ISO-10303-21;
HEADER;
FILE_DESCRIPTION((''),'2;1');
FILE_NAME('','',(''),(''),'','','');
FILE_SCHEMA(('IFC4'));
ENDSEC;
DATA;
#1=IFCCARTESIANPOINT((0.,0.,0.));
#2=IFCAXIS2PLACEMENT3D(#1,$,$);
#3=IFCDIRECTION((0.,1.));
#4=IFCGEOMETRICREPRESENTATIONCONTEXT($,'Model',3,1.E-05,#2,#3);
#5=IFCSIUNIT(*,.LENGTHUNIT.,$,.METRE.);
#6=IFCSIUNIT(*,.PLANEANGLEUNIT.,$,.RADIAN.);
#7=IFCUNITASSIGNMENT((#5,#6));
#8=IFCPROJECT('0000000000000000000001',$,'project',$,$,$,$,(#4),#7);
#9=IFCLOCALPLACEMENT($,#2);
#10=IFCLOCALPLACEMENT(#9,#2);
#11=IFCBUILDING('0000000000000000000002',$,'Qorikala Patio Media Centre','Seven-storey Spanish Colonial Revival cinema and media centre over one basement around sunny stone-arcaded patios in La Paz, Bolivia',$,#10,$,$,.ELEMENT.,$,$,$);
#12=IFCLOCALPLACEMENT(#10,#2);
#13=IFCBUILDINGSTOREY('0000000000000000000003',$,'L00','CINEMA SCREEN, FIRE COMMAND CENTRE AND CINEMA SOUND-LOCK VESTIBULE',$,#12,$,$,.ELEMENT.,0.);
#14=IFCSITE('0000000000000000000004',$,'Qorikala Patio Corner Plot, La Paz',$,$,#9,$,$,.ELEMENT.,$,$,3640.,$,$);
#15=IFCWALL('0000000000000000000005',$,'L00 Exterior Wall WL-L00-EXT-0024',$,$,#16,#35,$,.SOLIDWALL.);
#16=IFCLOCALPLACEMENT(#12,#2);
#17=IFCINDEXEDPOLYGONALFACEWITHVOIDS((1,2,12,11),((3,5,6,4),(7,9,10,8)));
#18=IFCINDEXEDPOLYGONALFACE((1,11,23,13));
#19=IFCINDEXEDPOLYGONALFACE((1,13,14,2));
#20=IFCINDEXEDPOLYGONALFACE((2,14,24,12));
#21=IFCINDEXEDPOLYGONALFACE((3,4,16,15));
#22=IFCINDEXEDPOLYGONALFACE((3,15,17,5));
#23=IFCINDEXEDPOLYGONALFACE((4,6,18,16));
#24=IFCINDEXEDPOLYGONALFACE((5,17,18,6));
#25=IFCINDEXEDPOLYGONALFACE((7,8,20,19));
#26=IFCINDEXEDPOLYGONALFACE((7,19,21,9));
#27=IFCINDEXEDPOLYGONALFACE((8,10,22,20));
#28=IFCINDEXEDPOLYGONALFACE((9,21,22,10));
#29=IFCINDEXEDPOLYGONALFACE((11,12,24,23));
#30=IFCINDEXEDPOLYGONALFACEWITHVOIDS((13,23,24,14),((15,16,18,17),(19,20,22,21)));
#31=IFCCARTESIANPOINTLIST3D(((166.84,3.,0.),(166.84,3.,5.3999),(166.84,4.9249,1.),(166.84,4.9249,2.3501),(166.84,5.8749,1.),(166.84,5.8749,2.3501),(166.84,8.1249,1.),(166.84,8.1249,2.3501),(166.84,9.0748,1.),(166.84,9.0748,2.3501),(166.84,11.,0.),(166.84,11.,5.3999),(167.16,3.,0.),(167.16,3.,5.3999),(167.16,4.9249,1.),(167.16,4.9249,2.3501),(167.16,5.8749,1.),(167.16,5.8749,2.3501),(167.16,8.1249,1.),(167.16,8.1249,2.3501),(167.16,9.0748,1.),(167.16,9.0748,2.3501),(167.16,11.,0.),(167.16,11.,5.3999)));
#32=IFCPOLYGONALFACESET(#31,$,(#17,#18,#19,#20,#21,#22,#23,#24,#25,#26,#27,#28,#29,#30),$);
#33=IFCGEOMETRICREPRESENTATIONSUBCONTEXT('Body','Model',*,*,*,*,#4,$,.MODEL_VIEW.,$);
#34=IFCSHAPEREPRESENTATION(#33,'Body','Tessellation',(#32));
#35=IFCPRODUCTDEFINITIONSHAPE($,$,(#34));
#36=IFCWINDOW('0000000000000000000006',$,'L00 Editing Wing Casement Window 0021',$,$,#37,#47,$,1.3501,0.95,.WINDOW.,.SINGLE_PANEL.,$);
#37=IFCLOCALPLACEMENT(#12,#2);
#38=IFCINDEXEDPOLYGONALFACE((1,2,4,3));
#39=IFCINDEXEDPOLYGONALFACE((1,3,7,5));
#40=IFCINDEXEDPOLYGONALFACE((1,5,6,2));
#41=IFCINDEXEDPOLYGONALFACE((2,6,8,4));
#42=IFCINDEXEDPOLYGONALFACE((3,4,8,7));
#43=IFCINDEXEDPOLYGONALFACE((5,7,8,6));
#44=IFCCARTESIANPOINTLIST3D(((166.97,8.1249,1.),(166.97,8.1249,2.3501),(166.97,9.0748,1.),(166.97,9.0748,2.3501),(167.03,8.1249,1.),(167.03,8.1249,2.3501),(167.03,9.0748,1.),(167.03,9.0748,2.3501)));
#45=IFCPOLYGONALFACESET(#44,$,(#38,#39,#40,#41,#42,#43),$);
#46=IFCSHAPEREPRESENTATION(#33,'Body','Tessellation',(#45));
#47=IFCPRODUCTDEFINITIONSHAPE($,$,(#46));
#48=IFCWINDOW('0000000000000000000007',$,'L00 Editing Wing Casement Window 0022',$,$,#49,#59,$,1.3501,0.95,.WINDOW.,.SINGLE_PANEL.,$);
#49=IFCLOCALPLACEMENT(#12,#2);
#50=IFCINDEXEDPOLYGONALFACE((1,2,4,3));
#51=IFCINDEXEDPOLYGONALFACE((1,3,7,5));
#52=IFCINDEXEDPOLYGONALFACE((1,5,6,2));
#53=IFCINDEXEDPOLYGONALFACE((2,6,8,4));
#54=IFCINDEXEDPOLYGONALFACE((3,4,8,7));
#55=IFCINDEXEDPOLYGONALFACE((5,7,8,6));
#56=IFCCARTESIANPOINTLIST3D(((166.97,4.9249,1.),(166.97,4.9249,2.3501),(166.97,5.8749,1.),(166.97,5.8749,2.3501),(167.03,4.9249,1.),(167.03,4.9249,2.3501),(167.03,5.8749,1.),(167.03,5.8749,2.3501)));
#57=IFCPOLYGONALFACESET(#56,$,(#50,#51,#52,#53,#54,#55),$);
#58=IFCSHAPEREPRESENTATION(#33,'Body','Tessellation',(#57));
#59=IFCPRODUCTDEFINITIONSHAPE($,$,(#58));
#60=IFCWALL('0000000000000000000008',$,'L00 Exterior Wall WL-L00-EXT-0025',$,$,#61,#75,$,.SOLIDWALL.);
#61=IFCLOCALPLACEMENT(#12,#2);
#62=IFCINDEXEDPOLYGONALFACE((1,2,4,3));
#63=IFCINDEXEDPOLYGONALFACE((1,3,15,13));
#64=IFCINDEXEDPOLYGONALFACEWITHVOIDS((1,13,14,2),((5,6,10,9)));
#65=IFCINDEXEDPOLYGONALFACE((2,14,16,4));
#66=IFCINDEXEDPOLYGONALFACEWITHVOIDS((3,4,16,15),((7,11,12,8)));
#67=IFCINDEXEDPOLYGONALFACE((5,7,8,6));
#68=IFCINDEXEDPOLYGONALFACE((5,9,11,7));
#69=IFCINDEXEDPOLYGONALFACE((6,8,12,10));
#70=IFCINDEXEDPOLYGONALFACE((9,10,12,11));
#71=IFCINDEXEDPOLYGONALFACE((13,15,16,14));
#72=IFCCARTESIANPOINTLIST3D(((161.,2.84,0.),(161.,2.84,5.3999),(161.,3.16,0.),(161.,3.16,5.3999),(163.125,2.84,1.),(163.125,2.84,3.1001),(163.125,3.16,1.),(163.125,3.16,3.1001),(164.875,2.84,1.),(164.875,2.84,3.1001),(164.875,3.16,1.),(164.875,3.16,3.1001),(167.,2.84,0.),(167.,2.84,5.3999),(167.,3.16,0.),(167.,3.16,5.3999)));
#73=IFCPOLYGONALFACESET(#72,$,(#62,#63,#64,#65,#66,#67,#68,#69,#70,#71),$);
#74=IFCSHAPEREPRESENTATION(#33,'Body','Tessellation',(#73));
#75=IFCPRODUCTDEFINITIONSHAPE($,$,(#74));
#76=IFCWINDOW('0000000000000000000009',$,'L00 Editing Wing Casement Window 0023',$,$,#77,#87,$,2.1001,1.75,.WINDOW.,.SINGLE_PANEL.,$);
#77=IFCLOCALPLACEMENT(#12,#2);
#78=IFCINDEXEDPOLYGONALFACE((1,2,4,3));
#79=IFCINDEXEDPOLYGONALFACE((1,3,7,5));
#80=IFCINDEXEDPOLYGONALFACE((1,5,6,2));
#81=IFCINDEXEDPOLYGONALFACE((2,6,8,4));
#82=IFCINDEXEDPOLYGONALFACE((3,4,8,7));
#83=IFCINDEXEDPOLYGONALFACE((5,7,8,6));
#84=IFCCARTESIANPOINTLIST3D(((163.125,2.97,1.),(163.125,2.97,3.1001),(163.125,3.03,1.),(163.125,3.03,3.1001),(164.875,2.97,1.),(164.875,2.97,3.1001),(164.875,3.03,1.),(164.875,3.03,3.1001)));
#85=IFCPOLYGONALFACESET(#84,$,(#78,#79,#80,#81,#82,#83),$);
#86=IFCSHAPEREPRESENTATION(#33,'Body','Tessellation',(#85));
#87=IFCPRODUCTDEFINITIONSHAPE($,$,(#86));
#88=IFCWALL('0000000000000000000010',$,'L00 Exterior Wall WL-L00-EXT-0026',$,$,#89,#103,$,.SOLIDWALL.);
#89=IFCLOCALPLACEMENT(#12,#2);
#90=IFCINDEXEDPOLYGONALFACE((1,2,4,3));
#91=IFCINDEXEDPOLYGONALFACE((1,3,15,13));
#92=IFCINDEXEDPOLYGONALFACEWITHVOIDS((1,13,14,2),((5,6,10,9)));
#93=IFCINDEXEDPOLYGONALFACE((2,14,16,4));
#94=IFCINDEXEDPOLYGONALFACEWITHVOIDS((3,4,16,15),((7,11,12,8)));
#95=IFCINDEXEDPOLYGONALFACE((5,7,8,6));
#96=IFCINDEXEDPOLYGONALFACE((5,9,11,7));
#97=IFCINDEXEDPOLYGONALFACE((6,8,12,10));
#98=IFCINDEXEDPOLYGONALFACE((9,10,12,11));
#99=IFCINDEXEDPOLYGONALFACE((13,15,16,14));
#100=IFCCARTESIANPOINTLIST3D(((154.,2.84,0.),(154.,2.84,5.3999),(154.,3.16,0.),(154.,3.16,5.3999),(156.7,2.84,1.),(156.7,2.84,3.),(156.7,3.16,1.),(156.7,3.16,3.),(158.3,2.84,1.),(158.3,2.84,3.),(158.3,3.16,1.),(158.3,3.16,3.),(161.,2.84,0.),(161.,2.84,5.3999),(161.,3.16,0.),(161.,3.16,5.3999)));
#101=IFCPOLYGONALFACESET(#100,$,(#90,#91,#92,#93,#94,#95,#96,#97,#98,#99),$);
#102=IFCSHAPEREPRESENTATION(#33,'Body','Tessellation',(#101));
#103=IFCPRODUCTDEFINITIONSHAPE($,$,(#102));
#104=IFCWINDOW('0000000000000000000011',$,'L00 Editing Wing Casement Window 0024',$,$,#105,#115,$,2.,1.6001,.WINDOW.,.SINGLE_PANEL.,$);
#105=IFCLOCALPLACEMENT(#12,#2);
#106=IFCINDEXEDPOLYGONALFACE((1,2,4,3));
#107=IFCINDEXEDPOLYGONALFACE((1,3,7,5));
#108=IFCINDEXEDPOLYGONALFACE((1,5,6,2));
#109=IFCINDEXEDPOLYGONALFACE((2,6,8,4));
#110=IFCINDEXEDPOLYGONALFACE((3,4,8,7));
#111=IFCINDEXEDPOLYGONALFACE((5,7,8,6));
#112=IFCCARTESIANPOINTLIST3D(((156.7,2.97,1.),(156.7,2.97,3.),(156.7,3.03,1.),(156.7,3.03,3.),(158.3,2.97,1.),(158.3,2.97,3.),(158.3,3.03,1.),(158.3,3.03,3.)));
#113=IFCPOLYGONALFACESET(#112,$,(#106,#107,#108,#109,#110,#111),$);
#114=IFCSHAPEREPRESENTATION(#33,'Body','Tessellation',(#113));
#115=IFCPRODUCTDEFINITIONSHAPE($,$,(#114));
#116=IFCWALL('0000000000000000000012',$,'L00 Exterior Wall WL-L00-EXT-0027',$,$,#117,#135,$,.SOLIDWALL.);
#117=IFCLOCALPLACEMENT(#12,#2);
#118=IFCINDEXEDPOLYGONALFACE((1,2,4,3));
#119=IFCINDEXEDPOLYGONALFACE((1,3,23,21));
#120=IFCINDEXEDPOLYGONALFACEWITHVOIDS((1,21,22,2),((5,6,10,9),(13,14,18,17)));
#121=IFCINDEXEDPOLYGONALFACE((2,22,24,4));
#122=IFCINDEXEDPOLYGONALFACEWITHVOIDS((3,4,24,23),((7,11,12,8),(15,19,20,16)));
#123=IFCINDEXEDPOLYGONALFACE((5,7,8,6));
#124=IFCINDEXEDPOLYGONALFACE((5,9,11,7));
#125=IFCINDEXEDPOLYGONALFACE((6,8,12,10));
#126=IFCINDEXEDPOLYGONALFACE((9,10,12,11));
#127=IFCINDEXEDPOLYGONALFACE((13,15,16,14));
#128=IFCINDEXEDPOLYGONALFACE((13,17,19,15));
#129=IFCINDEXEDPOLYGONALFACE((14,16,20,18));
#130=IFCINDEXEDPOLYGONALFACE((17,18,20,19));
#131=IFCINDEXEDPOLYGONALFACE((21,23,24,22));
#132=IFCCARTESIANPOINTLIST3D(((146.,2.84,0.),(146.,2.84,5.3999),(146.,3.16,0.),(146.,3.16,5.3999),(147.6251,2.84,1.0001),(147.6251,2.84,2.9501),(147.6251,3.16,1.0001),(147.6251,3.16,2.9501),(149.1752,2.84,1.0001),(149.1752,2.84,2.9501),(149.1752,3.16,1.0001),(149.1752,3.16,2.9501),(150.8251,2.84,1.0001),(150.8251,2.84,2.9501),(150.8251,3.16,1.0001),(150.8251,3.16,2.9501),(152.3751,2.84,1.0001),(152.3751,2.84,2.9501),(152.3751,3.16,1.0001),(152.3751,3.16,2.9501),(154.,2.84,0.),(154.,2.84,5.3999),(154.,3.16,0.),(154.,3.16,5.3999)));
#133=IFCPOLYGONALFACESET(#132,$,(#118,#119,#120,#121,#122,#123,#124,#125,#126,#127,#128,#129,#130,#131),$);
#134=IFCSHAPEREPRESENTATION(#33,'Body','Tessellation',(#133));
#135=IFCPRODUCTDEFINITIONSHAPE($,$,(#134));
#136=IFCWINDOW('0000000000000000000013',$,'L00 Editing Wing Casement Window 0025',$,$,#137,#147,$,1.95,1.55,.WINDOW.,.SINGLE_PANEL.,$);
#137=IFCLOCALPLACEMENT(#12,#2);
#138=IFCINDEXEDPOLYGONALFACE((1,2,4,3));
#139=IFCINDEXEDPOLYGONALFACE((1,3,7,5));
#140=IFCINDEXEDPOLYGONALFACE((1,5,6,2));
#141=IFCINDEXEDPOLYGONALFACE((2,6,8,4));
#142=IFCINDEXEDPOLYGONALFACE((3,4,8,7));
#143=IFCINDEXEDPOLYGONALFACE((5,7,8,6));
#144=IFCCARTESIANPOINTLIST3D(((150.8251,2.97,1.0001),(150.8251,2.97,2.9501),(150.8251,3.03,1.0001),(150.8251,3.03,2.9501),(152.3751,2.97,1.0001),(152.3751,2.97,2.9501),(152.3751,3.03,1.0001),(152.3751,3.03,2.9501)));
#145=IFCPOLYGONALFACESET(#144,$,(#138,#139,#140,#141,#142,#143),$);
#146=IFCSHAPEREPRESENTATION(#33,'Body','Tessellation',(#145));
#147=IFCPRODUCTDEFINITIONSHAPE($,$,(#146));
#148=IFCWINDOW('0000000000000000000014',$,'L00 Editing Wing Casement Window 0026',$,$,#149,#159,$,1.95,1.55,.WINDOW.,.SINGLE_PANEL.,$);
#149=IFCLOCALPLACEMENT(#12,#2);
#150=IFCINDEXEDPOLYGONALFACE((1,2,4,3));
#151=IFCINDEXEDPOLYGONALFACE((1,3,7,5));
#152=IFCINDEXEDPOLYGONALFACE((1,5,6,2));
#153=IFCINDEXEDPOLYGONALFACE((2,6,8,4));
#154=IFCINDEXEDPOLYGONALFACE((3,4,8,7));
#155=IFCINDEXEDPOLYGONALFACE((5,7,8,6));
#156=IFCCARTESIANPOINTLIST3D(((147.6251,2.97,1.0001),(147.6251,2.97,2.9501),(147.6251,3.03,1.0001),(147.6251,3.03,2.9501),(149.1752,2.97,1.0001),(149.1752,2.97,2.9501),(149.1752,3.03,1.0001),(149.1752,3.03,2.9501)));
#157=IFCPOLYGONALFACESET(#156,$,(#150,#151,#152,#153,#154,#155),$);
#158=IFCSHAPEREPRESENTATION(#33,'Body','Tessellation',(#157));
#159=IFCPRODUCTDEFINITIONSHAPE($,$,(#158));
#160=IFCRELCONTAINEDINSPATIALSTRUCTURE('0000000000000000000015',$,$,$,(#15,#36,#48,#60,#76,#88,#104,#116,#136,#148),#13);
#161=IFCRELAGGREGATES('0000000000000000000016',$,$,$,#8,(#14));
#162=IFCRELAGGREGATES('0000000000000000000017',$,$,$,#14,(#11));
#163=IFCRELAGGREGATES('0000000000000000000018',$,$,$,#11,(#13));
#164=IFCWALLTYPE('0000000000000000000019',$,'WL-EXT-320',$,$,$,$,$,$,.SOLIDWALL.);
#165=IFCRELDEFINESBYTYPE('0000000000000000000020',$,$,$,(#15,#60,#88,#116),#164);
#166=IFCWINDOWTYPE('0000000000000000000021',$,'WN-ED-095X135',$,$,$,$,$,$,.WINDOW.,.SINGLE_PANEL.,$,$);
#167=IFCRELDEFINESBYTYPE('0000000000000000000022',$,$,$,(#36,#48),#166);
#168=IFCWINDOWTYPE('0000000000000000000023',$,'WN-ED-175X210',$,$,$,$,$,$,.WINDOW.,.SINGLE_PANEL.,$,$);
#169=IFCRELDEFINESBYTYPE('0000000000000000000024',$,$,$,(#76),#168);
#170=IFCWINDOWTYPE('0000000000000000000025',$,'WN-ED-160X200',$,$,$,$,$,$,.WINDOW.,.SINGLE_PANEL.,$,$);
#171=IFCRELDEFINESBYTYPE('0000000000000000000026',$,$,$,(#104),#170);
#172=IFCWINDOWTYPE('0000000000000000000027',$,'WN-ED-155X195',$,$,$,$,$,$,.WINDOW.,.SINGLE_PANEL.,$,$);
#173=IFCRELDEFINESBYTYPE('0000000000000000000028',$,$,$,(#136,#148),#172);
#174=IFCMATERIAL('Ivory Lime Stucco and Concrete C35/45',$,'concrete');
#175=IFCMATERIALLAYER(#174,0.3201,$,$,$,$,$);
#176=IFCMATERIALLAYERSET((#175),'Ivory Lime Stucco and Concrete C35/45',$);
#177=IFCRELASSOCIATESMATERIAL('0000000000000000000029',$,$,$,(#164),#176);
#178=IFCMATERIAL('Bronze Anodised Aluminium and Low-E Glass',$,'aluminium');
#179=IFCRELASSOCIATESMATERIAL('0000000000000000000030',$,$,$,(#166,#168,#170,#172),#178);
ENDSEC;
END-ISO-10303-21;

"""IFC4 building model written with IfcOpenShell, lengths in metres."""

from ifc_helpers import new_model, si_unit, direction, frame, frame_2d, origin, place, context, subcontext, project, spatial, rectangle, extrude, material, layer, layer_set, type_object, element, fill, save


model = new_model("IFC4")

# Units and contexts
model_context = context("Model", 3, precision=1e-05, world=origin(), true_north=direction((0.0, 1.0)))
body_context = subcontext(model_context, "Body", "Model", "MODEL_VIEW")
ifc_project = project(units=[si_unit("LENGTHUNIT", "METRE"), si_unit("PLANEANGLEUNIT", "RADIAN")], contexts=[model_context])

# Site, building, storey
site_placement = place(None, origin())
site = spatial("IfcSite", under=ifc_project, at=site_placement, Name="Qorikala Patio Corner Plot, La Paz", CompositionType="ELEMENT", RefElevation=3640.0)
building_placement = place(site_placement, origin())
building = spatial("IfcBuilding", under=site, at=building_placement, Name="Qorikala Patio Media Centre", Description="Seven-storey Spanish Colonial Revival cinema and media centre over one basement around sunny stone-arcaded patios in La Paz, Bolivia", CompositionType="ELEMENT")
storey_placement = place(building_placement, origin())
storey = spatial("IfcBuildingStorey", under=building, at=storey_placement, Name="L00", Description="CINEMA SCREEN, FIRE COMMAND CENTRE AND CINEMA SOUND-LOCK VESTIBULE", CompositionType="ELEMENT", Elevation=0.0)

# Wall, openings, windows
ifc_material_1 = material(Name="Ivory Lime Stucco and Concrete C35/45", Category="concrete")
ifc_layer_1 = layer(ifc_material_1, 0.3201)
ifc_layer_set_1 = layer_set([ifc_layer_1], Name="Ivory Lime Stucco and Concrete C35/45")
wall_type_1 = type_object("IfcWallType", Name="WL-EXT-320", PredefinedType="SOLIDWALL", material=ifc_layer_set_1)
wall_1_placement = place(storey_placement, frame((167.0, 11.0, 0.0), z_axis=(0.0, 0.0, 1.0), x_axis=(0.0, -1.0, 0.0)))
wall_1 = element("IfcWall", 1, at=wall_1_placement, inside=storey, type_object=wall_type_1, Name="L00 Exterior Wall WL-L00-EXT-0024", PredefinedType="SOLIDWALL", context=body_context, shape_type="SweptSolid", body=[
    extrude(rectangle(XDim=8.0, YDim=0.3201, at=frame_2d((4.0, 0.0))), origin(), (0.0, 0.0, 1.0), 5.3999),
])
opening_1_placement = place(wall_1_placement, frame((1.925, 0.0, 1.0)))
opening_1 = element("IfcOpeningElement", 2, at=opening_1_placement, cuts=wall_1, PredefinedType="OPENING", context=body_context, shape_type="SweptSolid", body=[
    extrude(rectangle(XDim=0.95, YDim=1.3501, at=frame_2d((0.4751, 0.675))), frame((0.0, 0.1699, 0.0), z_axis=(0.0, -1.0, 0.0), x_axis=(1.0, 0.0, 0.0)), (0.0, 0.0, 1.0), 0.3401),
])
opening_2_placement = place(wall_1_placement, frame((5.125, 0.0, 1.0)))
opening_2 = element("IfcOpeningElement", 3, at=opening_2_placement, cuts=wall_1, PredefinedType="OPENING", context=body_context, shape_type="SweptSolid", body=[
    extrude(rectangle(XDim=0.95, YDim=1.3501, at=frame_2d((0.4751, 0.675))), frame((0.0, 0.1699, 0.0), z_axis=(0.0, -1.0, 0.0), x_axis=(1.0, 0.0, 0.0)), (0.0, 0.0, 1.0), 0.3401),
])
ifc_material_2 = material(Name="Bronze Anodised Aluminium and Low-E Glass", Category="aluminium")
window_type_1 = type_object("IfcWindowType", Name="WN-ED-095X135", PartitioningType="SINGLE_PANEL", PredefinedType="WINDOW", material=ifc_material_2)
window_1_placement = place(opening_1_placement, origin())
window_1 = element("IfcWindow", 4, at=window_1_placement, inside=storey, type_object=window_type_1, Name="L00 Editing Wing Casement Window 0021", OverallHeight=1.3501, OverallWidth=0.95, PartitioningType="SINGLE_PANEL", PredefinedType="WINDOW", context=body_context, shape_type="SweptSolid", body=[
    extrude(rectangle(XDim=0.95, YDim=1.3501, at=frame_2d((0.4751, 0.675))), frame((0.0, 0.03, 0.0), z_axis=(0.0, -1.0, 0.0), x_axis=(1.0, 0.0, 0.0)), (0.0, 0.0, 1.0), 0.0601),
])
fill(opening_1, window_1)
window_2_placement = place(opening_2_placement, origin())
window_2 = element("IfcWindow", 5, at=window_2_placement, inside=storey, type_object=window_type_1, Name="L00 Editing Wing Casement Window 0022", OverallHeight=1.3501, OverallWidth=0.95, PartitioningType="SINGLE_PANEL", PredefinedType="WINDOW", context=body_context, shape_type="SweptSolid", body=[
    extrude(rectangle(XDim=0.95, YDim=1.3501, at=frame_2d((0.4751, 0.675))), frame((0.0, 0.03, 0.0), z_axis=(0.0, -1.0, 0.0), x_axis=(1.0, 0.0, 0.0)), (0.0, 0.0, 1.0), 0.0601),
])
fill(opening_2, window_2)

# Walls, openings, windows
wall_2_placement = place(storey_placement, frame((167.0, 3.0, 0.0), z_axis=(0.0, 0.0, 1.0), x_axis=(-1.0, 0.0, 0.0)))
wall_2 = element("IfcWall", 6, at=wall_2_placement, inside=storey, type_object=wall_type_1, Name="L00 Exterior Wall WL-L00-EXT-0025", PredefinedType="SOLIDWALL", context=body_context, shape_type="SweptSolid", body=[
    extrude(rectangle(XDim=6.0, YDim=0.3201, at=frame_2d((3.0, 0.0))), origin(), (0.0, 0.0, 1.0), 5.3999),
])
opening_3_placement = place(wall_2_placement, frame((2.125, 0.0, 1.0)))
opening_3 = element("IfcOpeningElement", 7, at=opening_3_placement, cuts=wall_2, PredefinedType="OPENING", context=body_context, shape_type="SweptSolid", body=[
    extrude(rectangle(XDim=1.75, YDim=2.1001, at=frame_2d((0.875, 1.05))), frame((0.0, 0.1699, 0.0), z_axis=(0.0, -1.0, 0.0), x_axis=(1.0, 0.0, 0.0)), (0.0, 0.0, 1.0), 0.3401),
])
window_type_2 = type_object("IfcWindowType", Name="WN-ED-175X210", PartitioningType="SINGLE_PANEL", PredefinedType="WINDOW", material=ifc_material_2)
window_3_placement = place(opening_3_placement, origin())
window_3 = element("IfcWindow", 8, at=window_3_placement, inside=storey, type_object=window_type_2, Name="L00 Editing Wing Casement Window 0023", OverallHeight=2.1001, OverallWidth=1.75, PartitioningType="SINGLE_PANEL", PredefinedType="WINDOW", context=body_context, shape_type="SweptSolid", body=[
    extrude(rectangle(XDim=1.75, YDim=2.1001, at=frame_2d((0.875, 1.05))), frame((0.0, 0.03, 0.0), z_axis=(0.0, -1.0, 0.0), x_axis=(1.0, 0.0, 0.0)), (0.0, 0.0, 1.0), 0.0601),
])
fill(opening_3, window_3)
wall_3_placement = place(storey_placement, frame((161.0, 3.0, 0.0), z_axis=(0.0, 0.0, 1.0), x_axis=(-1.0, 0.0, 0.0)))
wall_3 = element("IfcWall", 9, at=wall_3_placement, inside=storey, type_object=wall_type_1, Name="L00 Exterior Wall WL-L00-EXT-0026", PredefinedType="SOLIDWALL", context=body_context, shape_type="SweptSolid", body=[
    extrude(rectangle(XDim=7.0, YDim=0.3201, at=frame_2d((3.5, 0.0))), origin(), (0.0, 0.0, 1.0), 5.3999),
])
opening_4_placement = place(wall_3_placement, frame((2.7, 0.0, 1.0)))
opening_4 = element("IfcOpeningElement", 10, at=opening_4_placement, cuts=wall_3, PredefinedType="OPENING", context=body_context, shape_type="SweptSolid", body=[
    extrude(rectangle(XDim=1.6001, YDim=2.0, at=frame_2d((0.8, 1.0))), frame((0.0, 0.1699, 0.0), z_axis=(0.0, -1.0, 0.0), x_axis=(1.0, 0.0, 0.0)), (0.0, 0.0, 1.0), 0.3401),
])
window_type_3 = type_object("IfcWindowType", Name="WN-ED-160X200", PartitioningType="SINGLE_PANEL", PredefinedType="WINDOW", material=ifc_material_2)
window_4_placement = place(opening_4_placement, origin())
window_4 = element("IfcWindow", 11, at=window_4_placement, inside=storey, type_object=window_type_3, Name="L00 Editing Wing Casement Window 0024", OverallHeight=2.0, OverallWidth=1.6001, PartitioningType="SINGLE_PANEL", PredefinedType="WINDOW", context=body_context, shape_type="SweptSolid", body=[
    extrude(rectangle(XDim=1.6001, YDim=2.0, at=frame_2d((0.8, 1.0))), frame((0.0, 0.03, 0.0), z_axis=(0.0, -1.0, 0.0), x_axis=(1.0, 0.0, 0.0)), (0.0, 0.0, 1.0), 0.0601),
])
fill(opening_4, window_4)

# Wall, openings, windows
wall_4_placement = place(storey_placement, frame((154.0, 3.0, 0.0), z_axis=(0.0, 0.0, 1.0), x_axis=(-1.0, 0.0, 0.0)))
wall_4 = element("IfcWall", 12, at=wall_4_placement, inside=storey, type_object=wall_type_1, Name="L00 Exterior Wall WL-L00-EXT-0027", PredefinedType="SOLIDWALL", context=body_context, shape_type="SweptSolid", body=[
    extrude(rectangle(XDim=8.0, YDim=0.3201, at=frame_2d((4.0, 0.0))), origin(), (0.0, 0.0, 1.0), 5.3999),
])
opening_5_placement = place(wall_4_placement, frame((1.625, 0.0, 1.0)))
opening_5 = element("IfcOpeningElement", 13, at=opening_5_placement, cuts=wall_4, PredefinedType="OPENING", context=body_context, shape_type="SweptSolid", body=[
    extrude(rectangle(XDim=1.55, YDim=1.95, at=frame_2d((0.7749, 0.9751))), frame((0.0, 0.1699, 0.0), z_axis=(0.0, -1.0, 0.0), x_axis=(1.0, 0.0, 0.0)), (0.0, 0.0, 1.0), 0.3401),
])
opening_6_placement = place(wall_4_placement, frame((4.825, 0.0, 1.0)))
opening_6 = element("IfcOpeningElement", 14, at=opening_6_placement, cuts=wall_4, PredefinedType="OPENING", context=body_context, shape_type="SweptSolid", body=[
    extrude(rectangle(XDim=1.55, YDim=1.95, at=frame_2d((0.7749, 0.9751))), frame((0.0, 0.1699, 0.0), z_axis=(0.0, -1.0, 0.0), x_axis=(1.0, 0.0, 0.0)), (0.0, 0.0, 1.0), 0.3401),
])
window_type_4 = type_object("IfcWindowType", Name="WN-ED-155X195", PartitioningType="SINGLE_PANEL", PredefinedType="WINDOW", material=ifc_material_2)
window_5_placement = place(opening_5_placement, origin())
window_5 = element("IfcWindow", 15, at=window_5_placement, inside=storey, type_object=window_type_4, Name="L00 Editing Wing Casement Window 0025", OverallHeight=1.95, OverallWidth=1.55, PartitioningType="SINGLE_PANEL", PredefinedType="WINDOW", context=body_context, shape_type="SweptSolid", body=[
    extrude(rectangle(XDim=1.55, YDim=1.95, at=frame_2d((0.7749, 0.9751))), frame((0.0, 0.03, 0.0), z_axis=(0.0, -1.0, 0.0), x_axis=(1.0, 0.0, 0.0)), (0.0, 0.0, 1.0), 0.0601),
])
fill(opening_5, window_5)
window_6_placement = place(opening_6_placement, origin())
window_6 = element("IfcWindow", 16, at=window_6_placement, inside=storey, type_object=window_type_4, Name="L00 Editing Wing Casement Window 0026", OverallHeight=1.95, OverallWidth=1.55, PartitioningType="SINGLE_PANEL", PredefinedType="WINDOW", context=body_context, shape_type="SweptSolid", body=[
    extrude(rectangle(XDim=1.55, YDim=1.95, at=frame_2d((0.7749, 0.9751))), frame((0.0, 0.03, 0.0), z_axis=(0.0, -1.0, 0.0), x_axis=(1.0, 0.0, 0.0)), (0.0, 0.0, 1.0), 0.0601),
])
fill(opening_6, window_6)

save(model, "model.ifc")
